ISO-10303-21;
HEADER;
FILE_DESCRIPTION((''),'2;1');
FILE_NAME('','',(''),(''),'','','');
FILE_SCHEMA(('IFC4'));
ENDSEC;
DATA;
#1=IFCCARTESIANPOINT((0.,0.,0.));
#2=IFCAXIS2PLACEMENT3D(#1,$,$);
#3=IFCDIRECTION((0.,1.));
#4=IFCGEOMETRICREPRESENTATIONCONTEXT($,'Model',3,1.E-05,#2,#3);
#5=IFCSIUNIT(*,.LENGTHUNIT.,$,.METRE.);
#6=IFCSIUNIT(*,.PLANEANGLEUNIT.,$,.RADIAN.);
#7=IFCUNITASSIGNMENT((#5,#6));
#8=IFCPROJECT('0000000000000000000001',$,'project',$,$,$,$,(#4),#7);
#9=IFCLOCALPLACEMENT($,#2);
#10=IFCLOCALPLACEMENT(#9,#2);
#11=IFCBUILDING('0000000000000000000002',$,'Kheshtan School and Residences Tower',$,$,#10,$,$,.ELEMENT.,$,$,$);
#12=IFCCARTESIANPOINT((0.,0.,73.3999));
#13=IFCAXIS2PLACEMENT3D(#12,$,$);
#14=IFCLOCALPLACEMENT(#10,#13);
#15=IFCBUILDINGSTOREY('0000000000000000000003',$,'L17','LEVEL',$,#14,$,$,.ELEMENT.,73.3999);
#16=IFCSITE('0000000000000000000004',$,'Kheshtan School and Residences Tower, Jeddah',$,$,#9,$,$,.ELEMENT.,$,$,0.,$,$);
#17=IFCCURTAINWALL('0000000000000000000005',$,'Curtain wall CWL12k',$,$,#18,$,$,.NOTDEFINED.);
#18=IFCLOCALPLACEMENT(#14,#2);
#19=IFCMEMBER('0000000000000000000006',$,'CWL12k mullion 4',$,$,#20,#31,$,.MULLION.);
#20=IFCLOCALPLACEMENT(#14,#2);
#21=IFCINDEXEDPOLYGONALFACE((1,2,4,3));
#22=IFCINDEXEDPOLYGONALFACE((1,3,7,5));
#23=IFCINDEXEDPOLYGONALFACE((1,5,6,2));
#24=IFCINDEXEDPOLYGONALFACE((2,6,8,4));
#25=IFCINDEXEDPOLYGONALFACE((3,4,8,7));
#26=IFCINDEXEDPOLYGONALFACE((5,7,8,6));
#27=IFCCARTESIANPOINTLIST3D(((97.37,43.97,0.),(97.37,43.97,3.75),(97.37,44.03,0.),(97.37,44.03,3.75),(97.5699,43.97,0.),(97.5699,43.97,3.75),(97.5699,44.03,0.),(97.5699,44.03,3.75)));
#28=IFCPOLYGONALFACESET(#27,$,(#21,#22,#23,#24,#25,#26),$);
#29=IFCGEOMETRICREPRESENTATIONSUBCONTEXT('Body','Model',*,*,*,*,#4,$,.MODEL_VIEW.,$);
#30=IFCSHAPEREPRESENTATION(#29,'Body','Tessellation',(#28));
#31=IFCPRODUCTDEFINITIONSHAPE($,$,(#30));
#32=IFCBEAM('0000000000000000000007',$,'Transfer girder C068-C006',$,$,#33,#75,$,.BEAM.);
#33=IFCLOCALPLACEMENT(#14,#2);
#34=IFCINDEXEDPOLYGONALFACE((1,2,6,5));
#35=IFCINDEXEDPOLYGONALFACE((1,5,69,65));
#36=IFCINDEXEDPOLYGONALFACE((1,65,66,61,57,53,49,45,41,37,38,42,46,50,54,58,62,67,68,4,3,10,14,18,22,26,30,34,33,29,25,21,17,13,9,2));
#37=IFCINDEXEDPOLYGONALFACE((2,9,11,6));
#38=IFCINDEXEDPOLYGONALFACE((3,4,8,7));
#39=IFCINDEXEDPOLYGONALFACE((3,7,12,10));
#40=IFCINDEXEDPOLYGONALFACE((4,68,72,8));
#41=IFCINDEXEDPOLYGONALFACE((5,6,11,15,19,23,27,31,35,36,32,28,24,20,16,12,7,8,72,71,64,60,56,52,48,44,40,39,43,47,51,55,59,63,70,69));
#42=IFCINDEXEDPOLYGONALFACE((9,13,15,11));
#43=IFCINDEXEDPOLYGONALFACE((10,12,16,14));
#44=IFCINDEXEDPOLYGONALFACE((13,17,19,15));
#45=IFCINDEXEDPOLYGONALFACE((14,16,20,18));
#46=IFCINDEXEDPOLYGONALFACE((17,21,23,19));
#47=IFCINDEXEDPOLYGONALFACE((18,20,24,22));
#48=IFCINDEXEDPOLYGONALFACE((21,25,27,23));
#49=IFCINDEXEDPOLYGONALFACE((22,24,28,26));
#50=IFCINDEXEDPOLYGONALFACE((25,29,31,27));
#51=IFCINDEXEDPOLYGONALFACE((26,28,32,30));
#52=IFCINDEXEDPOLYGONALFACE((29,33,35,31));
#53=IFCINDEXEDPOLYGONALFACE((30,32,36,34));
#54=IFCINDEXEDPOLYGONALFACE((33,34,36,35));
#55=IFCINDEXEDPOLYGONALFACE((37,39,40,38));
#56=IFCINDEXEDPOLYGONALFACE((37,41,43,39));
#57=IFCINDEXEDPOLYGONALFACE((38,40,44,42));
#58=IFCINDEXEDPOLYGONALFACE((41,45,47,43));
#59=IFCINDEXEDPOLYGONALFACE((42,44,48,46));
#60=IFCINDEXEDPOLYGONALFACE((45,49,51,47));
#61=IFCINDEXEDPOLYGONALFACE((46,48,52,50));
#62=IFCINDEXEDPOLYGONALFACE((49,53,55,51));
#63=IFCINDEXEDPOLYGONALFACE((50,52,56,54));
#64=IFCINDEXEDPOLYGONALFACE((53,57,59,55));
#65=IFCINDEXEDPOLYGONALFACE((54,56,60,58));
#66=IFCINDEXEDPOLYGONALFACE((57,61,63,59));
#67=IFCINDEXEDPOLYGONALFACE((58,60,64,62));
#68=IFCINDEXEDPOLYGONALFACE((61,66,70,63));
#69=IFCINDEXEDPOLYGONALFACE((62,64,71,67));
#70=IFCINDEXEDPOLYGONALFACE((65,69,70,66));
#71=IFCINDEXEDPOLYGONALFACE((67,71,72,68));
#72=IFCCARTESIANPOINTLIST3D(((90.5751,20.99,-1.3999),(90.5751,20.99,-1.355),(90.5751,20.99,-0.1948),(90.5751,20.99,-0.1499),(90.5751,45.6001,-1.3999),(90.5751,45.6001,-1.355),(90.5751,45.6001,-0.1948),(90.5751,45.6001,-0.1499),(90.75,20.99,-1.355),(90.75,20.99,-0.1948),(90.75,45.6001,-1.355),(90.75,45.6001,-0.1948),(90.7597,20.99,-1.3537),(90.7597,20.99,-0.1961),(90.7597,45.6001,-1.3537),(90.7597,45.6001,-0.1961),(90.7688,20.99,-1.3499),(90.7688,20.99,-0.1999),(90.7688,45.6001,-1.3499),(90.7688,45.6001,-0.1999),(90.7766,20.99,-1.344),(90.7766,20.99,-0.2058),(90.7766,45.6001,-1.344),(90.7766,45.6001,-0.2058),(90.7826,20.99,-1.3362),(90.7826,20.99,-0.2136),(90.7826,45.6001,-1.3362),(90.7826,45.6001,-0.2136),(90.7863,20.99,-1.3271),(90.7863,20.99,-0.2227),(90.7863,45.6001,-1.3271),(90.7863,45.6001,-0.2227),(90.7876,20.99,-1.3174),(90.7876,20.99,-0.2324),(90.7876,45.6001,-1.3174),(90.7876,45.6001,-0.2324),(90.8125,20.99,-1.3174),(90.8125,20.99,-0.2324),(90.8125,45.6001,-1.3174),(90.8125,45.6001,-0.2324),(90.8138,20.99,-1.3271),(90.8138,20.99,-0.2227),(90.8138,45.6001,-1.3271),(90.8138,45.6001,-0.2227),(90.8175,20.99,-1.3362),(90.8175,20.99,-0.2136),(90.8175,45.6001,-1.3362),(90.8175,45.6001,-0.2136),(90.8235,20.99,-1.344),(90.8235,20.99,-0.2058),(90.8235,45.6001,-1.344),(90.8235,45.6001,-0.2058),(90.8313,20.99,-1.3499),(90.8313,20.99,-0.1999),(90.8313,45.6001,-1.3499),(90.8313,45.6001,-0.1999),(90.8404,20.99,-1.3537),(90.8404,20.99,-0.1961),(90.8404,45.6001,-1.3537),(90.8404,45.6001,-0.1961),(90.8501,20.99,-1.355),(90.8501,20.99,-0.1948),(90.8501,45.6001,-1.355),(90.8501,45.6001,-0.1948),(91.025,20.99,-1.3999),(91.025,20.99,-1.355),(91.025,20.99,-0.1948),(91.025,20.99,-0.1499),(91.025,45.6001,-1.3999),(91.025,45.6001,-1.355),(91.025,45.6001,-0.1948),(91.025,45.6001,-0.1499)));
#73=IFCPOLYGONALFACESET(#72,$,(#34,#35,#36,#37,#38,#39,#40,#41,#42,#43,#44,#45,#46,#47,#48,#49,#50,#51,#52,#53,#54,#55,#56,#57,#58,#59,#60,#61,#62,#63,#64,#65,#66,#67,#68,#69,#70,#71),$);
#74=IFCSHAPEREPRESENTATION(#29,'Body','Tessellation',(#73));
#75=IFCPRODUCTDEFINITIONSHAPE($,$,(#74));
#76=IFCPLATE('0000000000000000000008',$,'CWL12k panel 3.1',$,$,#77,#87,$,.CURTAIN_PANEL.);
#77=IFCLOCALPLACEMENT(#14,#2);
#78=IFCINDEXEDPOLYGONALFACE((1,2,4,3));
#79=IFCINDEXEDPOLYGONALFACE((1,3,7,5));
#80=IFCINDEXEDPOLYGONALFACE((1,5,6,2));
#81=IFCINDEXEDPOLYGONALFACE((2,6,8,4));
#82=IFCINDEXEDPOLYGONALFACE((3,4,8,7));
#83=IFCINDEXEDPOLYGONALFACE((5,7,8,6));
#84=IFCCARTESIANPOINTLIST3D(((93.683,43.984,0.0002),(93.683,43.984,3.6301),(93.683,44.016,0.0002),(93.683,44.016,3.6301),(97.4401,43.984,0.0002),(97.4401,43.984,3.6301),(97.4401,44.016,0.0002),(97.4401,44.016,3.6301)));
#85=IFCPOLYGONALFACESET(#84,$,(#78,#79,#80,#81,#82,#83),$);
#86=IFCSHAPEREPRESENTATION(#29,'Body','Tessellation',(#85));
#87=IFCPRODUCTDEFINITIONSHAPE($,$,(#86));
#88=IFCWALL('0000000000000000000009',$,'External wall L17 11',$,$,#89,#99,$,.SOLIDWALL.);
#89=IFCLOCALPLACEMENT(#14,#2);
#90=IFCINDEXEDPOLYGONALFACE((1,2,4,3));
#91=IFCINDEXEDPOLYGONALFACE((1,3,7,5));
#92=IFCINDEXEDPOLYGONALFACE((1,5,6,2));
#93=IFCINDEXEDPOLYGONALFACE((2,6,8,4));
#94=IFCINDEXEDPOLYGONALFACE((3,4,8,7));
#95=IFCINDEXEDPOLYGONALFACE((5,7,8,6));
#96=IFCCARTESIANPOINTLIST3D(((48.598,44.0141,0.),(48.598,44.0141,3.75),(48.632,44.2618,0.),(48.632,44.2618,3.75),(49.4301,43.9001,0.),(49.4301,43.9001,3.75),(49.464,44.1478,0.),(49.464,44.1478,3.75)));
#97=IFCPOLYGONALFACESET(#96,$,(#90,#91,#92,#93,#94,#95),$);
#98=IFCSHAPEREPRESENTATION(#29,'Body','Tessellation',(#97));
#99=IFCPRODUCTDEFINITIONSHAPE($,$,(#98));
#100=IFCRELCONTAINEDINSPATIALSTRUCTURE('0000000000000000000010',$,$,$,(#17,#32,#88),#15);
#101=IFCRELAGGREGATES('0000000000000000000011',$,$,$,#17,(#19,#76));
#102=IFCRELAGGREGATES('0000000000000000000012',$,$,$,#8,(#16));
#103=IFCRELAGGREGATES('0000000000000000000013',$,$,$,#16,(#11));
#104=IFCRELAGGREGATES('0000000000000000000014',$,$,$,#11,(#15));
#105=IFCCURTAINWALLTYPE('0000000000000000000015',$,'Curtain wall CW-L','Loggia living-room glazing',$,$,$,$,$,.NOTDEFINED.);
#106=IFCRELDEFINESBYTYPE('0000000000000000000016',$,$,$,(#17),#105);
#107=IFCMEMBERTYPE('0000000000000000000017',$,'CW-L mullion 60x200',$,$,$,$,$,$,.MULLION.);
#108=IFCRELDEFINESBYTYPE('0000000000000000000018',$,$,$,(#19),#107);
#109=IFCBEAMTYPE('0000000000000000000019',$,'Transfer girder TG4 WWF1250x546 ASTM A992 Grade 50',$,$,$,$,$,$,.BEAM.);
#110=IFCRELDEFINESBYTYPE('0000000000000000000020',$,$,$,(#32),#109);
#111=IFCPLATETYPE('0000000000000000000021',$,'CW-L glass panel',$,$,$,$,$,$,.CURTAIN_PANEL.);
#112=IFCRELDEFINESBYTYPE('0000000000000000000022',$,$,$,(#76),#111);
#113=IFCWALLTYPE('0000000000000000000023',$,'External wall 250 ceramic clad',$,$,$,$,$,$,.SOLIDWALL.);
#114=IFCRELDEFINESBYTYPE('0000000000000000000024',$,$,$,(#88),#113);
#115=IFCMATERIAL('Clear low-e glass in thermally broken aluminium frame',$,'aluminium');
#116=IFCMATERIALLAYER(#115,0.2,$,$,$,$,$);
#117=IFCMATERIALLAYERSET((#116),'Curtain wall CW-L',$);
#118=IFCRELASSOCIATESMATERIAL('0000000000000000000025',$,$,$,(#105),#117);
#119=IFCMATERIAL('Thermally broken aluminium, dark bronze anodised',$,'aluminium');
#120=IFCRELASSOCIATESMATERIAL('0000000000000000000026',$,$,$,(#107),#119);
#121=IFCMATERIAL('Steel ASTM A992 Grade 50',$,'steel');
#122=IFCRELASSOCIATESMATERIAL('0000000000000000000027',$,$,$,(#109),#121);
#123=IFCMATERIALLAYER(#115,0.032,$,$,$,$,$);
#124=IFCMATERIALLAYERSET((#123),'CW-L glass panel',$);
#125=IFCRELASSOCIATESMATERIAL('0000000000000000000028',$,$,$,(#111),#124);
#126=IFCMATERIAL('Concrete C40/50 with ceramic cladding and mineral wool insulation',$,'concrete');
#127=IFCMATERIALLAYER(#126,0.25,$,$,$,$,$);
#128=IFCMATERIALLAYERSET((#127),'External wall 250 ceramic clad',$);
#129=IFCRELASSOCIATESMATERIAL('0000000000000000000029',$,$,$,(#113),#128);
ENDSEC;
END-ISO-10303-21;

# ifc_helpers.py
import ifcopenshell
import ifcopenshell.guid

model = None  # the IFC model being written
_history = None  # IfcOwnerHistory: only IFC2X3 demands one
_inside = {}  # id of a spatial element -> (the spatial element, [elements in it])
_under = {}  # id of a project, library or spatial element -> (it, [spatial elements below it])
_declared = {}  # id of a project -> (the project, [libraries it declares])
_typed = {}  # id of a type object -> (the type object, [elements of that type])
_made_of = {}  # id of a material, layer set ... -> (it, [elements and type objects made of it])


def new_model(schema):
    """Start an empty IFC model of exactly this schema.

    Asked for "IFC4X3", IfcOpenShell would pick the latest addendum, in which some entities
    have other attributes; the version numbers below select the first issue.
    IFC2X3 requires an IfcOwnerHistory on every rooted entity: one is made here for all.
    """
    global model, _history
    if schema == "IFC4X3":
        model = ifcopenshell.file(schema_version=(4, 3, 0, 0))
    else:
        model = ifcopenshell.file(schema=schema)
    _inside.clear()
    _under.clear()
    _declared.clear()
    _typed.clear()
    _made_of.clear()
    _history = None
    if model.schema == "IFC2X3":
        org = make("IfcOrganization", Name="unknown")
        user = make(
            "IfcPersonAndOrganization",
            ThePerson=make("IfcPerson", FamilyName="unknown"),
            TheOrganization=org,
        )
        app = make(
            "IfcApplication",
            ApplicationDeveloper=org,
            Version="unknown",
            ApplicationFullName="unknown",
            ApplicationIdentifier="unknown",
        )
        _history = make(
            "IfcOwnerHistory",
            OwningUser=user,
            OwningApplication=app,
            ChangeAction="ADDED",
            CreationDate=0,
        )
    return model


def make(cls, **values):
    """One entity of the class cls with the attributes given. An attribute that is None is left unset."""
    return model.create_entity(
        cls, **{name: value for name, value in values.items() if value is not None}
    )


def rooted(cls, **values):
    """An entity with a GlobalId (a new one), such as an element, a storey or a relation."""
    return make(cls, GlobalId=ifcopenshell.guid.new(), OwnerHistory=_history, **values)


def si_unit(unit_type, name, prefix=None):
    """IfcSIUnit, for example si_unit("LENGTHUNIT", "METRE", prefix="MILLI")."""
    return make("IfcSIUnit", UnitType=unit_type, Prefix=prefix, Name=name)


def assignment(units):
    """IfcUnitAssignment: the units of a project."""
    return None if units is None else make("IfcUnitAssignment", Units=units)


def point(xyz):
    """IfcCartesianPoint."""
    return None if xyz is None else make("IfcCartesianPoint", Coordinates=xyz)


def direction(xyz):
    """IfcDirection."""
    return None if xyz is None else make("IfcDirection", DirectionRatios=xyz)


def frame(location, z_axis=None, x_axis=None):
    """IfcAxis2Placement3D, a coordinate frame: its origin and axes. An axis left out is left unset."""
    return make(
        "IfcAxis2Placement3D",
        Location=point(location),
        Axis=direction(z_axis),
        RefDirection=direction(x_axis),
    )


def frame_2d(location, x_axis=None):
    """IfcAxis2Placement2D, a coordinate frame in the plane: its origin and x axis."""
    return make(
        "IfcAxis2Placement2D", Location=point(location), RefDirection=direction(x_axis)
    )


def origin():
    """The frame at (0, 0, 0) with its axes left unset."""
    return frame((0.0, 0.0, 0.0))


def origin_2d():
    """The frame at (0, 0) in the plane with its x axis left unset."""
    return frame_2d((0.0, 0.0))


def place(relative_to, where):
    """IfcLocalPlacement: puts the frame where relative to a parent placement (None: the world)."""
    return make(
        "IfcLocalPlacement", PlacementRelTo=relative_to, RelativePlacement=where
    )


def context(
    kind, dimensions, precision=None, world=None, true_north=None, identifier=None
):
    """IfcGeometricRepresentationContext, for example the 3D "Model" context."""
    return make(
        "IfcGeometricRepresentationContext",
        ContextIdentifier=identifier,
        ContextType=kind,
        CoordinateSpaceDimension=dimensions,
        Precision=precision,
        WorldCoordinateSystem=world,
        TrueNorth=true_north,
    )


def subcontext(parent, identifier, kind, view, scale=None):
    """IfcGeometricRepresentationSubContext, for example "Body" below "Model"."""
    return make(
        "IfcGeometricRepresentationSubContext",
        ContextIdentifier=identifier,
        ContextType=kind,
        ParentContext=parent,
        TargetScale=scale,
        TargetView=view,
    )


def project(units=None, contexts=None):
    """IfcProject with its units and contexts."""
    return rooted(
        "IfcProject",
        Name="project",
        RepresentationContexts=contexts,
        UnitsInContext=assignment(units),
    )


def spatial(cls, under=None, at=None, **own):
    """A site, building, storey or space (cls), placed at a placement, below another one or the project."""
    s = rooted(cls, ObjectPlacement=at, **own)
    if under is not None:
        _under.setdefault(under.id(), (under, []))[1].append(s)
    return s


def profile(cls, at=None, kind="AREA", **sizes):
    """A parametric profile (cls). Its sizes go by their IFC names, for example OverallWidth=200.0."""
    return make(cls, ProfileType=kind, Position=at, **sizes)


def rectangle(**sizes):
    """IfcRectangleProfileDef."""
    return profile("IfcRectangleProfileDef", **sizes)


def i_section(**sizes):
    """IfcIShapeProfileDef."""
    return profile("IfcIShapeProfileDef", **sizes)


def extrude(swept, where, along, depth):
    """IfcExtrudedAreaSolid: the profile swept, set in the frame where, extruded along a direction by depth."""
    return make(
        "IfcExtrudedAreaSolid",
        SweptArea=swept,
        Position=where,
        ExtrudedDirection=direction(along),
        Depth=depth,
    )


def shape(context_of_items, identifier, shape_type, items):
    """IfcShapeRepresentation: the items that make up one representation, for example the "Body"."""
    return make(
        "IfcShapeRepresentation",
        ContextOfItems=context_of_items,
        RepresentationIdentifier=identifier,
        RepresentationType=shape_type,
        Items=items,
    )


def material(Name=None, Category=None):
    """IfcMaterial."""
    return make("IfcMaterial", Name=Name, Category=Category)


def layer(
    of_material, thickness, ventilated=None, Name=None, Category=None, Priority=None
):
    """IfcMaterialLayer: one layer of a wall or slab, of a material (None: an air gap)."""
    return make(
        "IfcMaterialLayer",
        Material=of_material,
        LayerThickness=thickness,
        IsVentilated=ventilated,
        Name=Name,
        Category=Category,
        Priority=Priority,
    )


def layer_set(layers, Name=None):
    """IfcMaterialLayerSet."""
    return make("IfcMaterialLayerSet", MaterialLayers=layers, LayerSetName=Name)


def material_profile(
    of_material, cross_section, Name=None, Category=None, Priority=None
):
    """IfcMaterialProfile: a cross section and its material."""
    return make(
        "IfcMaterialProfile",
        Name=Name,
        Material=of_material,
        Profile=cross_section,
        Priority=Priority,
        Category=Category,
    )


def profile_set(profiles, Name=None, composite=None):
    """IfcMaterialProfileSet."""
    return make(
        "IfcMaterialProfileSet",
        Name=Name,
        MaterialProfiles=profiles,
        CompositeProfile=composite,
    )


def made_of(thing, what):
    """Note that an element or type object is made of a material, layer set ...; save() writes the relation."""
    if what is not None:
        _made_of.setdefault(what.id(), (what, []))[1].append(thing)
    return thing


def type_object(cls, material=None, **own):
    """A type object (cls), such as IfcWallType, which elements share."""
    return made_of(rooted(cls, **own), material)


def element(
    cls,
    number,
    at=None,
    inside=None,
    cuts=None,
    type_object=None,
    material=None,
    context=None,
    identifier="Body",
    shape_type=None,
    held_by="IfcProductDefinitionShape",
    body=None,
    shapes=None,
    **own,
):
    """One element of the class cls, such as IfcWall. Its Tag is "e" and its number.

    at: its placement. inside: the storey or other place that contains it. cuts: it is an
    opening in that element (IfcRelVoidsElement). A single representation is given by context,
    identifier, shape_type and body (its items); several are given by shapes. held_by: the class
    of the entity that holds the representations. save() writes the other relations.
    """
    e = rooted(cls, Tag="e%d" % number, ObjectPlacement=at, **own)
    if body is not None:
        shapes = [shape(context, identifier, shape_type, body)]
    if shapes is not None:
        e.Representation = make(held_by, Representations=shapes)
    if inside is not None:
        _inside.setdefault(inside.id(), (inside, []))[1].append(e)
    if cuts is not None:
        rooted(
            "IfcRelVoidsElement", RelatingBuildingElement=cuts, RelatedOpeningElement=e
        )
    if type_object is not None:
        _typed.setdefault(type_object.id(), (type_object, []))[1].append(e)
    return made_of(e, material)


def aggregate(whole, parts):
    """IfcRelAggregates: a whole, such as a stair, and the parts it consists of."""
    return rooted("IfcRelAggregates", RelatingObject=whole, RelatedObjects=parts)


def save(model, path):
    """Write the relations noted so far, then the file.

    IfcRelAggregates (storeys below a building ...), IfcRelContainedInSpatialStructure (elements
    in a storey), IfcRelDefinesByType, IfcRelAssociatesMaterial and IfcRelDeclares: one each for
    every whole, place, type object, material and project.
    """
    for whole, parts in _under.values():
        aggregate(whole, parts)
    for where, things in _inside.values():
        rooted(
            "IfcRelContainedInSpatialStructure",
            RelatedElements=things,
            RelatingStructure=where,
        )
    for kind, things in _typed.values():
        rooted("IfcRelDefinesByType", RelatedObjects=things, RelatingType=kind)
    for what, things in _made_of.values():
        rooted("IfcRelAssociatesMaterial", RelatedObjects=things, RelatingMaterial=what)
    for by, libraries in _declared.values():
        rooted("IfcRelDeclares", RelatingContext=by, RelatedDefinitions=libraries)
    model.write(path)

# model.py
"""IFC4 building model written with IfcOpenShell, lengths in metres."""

from ifc_helpers import new_model, si_unit, direction, frame, frame_2d, origin, origin_2d, place, context, subcontext, project, spatial, rectangle, i_section, extrude, material, layer, layer_set, material_profile, profile_set, type_object, element, aggregate, save


model = new_model("IFC4")

# Units and contexts
model_context = context("Model", 3, precision=1e-05, world=origin(), true_north=direction((0.0, 1.0)))
body_context = subcontext(model_context, "Body", "Model", "MODEL_VIEW")
ifc_project = project(units=[si_unit("LENGTHUNIT", "METRE"), si_unit("PLANEANGLEUNIT", "RADIAN")], contexts=[model_context])

# Site, building, storey
site_placement = place(None, origin())
site = spatial("IfcSite", under=ifc_project, at=site_placement, Name="Kheshtan School and Residences Tower, Jeddah", CompositionType="ELEMENT", RefElevation=0.0)
building_placement = place(site_placement, origin())
building = spatial("IfcBuilding", under=site, at=building_placement, Name="Kheshtan School and Residences Tower", CompositionType="ELEMENT")
storey_placement = place(building_placement, frame((0.0, 0.0, 73.3999)))
storey = spatial("IfcBuildingStorey", under=building, at=storey_placement, Name="L17", Description="LEVEL", CompositionType="ELEMENT", Elevation=73.3999)

# Shared definitions
ifc_material_1 = material(Name="Steel ASTM A992 Grade 50", Category="steel")

# Curtain wall, member
ifc_material_2 = material(Name="Clear low-e glass in thermally broken aluminium frame", Category="aluminium")
ifc_layer_1 = layer(ifc_material_2, 0.2)
ifc_layer_set_1 = layer_set([ifc_layer_1], Name="Curtain wall CW-L")
curtain_wall_type = type_object("IfcCurtainWallType", Name="Curtain wall CW-L", Description="Loggia living-room glazing", PredefinedType="NOTDEFINED", material=ifc_layer_set_1)
curtain_wall_placement = place(storey_placement, origin())
curtain_wall = element("IfcCurtainWall", 1, at=curtain_wall_placement, inside=storey, type_object=curtain_wall_type, Name="Curtain wall CWL12k", PredefinedType="NOTDEFINED")
ifc_material_3 = material(Name="Thermally broken aluminium, dark bronze anodised", Category="aluminium")
ifc_material_profile_1 = material_profile(ifc_material_3, rectangle(XDim=0.0601, YDim=0.2, at=origin_2d()), Name="CW-L mullion 60x200")
ifc_profile_set_1 = profile_set([ifc_material_profile_1], Name="Thermally broken aluminium, dark bronze anodised")
member_type = type_object("IfcMemberType", Name="CW-L mullion 60x200", PredefinedType="MULLION", material=ifc_profile_set_1)
member_placement = place(storey_placement, frame((97.47, 44.0, 0.0), z_axis=(0.0, 0.0, 1.0), x_axis=(0.0, 1.0, 0.0)))
member = element("IfcMember", 2, at=member_placement, type_object=member_type, Name="CWL12k mullion 4", PredefinedType="MULLION", context=body_context, shape_type="SweptSolid", body=[
    extrude(rectangle(XDim=0.0601, YDim=0.2, at=origin_2d()), origin(), (0.0, 0.0, 1.0), 3.75),
])

# Beam
ifc_material_profile_2 = material_profile(ifc_material_1, i_section(OverallWidth=0.45, OverallDepth=1.25, WebThickness=0.0249, FlangeThickness=0.0449, FilletRadius=0.0376, at=origin_2d()), Name="WWF1250x546")
ifc_profile_set_2 = profile_set([ifc_material_profile_2], Name="Steel ASTM A992 Grade 50")
beam_type_1 = type_object("IfcBeamType", Name="Transfer girder TG4 WWF1250x546 ASTM A992 Grade 50", PredefinedType="BEAM", material=ifc_profile_set_2)
beam_1_placement = place(storey_placement, frame((90.8, 45.6001, -0.7749), z_axis=(0.0, -1.0, 0.0), x_axis=(1.0, 0.0, 0.0)))
element("IfcBeam", 3, at=beam_1_placement, inside=storey, type_object=beam_type_1, Name="Transfer girder C068-C006", PredefinedType="BEAM", context=body_context, shape_type="SweptSolid", body=[
    extrude(i_section(OverallWidth=0.45, OverallDepth=1.25, WebThickness=0.0249, FlangeThickness=0.0449, FilletRadius=0.0376, at=origin_2d()), origin(), (0.0, 0.0, 1.0), 24.6101),
])

# Plate
ifc_layer_2 = layer(ifc_material_2, 0.032)
ifc_layer_set_2 = layer_set([ifc_layer_2], Name="CW-L glass panel")
plate_type = type_object("IfcPlateType", Name="CW-L glass panel", PredefinedType="CURTAIN_PANEL", material=ifc_layer_set_2)
plate_placement = place(storey_placement, frame((95.5615, 44.0, 0.0002), z_axis=(0.0, 0.0, 1.0), x_axis=(1.0, 0.0, 0.0)))
plate = element("IfcPlate", 4, at=plate_placement, type_object=plate_type, Name="CWL12k panel 3.1", PredefinedType="CURTAIN_PANEL", context=body_context, shape_type="SweptSolid", body=[
    extrude(rectangle(XDim=3.7571, YDim=0.032, at=origin_2d()), origin(), (0.0, 0.0, 1.0), 3.6299),
])
aggregate(curtain_wall, [member, plate])

# Wall
ifc_material_4 = material(Name="Concrete C40/50 with ceramic cladding and mineral wool insulation", Category="concrete")
ifc_layer_3 = layer(ifc_material_4, 0.25)
ifc_layer_set_3 = layer_set([ifc_layer_3], Name="External wall 250 ceramic clad")
wall_type = type_object("IfcWallType", Name="External wall 250 ceramic clad", PredefinedType="SOLIDWALL", material=ifc_layer_set_3)
wall_placement = place(storey_placement, frame((48.615, 44.1379, 0.0), z_axis=(0.0, 0.0, 1.0), x_axis=(0.990742, -0.135762, 0.0)))
element("IfcWall", 5, at=wall_placement, inside=storey, type_object=wall_type, Name="External wall L17 11", PredefinedType="SOLIDWALL", context=body_context, shape_type="SweptSolid", body=[
    extrude(rectangle(XDim=0.8398, YDim=0.25, at=frame_2d((0.4199, 0.0))), origin(), (0.0, 0.0, 1.0), 3.75),
])

save(model, "model.ifc")
